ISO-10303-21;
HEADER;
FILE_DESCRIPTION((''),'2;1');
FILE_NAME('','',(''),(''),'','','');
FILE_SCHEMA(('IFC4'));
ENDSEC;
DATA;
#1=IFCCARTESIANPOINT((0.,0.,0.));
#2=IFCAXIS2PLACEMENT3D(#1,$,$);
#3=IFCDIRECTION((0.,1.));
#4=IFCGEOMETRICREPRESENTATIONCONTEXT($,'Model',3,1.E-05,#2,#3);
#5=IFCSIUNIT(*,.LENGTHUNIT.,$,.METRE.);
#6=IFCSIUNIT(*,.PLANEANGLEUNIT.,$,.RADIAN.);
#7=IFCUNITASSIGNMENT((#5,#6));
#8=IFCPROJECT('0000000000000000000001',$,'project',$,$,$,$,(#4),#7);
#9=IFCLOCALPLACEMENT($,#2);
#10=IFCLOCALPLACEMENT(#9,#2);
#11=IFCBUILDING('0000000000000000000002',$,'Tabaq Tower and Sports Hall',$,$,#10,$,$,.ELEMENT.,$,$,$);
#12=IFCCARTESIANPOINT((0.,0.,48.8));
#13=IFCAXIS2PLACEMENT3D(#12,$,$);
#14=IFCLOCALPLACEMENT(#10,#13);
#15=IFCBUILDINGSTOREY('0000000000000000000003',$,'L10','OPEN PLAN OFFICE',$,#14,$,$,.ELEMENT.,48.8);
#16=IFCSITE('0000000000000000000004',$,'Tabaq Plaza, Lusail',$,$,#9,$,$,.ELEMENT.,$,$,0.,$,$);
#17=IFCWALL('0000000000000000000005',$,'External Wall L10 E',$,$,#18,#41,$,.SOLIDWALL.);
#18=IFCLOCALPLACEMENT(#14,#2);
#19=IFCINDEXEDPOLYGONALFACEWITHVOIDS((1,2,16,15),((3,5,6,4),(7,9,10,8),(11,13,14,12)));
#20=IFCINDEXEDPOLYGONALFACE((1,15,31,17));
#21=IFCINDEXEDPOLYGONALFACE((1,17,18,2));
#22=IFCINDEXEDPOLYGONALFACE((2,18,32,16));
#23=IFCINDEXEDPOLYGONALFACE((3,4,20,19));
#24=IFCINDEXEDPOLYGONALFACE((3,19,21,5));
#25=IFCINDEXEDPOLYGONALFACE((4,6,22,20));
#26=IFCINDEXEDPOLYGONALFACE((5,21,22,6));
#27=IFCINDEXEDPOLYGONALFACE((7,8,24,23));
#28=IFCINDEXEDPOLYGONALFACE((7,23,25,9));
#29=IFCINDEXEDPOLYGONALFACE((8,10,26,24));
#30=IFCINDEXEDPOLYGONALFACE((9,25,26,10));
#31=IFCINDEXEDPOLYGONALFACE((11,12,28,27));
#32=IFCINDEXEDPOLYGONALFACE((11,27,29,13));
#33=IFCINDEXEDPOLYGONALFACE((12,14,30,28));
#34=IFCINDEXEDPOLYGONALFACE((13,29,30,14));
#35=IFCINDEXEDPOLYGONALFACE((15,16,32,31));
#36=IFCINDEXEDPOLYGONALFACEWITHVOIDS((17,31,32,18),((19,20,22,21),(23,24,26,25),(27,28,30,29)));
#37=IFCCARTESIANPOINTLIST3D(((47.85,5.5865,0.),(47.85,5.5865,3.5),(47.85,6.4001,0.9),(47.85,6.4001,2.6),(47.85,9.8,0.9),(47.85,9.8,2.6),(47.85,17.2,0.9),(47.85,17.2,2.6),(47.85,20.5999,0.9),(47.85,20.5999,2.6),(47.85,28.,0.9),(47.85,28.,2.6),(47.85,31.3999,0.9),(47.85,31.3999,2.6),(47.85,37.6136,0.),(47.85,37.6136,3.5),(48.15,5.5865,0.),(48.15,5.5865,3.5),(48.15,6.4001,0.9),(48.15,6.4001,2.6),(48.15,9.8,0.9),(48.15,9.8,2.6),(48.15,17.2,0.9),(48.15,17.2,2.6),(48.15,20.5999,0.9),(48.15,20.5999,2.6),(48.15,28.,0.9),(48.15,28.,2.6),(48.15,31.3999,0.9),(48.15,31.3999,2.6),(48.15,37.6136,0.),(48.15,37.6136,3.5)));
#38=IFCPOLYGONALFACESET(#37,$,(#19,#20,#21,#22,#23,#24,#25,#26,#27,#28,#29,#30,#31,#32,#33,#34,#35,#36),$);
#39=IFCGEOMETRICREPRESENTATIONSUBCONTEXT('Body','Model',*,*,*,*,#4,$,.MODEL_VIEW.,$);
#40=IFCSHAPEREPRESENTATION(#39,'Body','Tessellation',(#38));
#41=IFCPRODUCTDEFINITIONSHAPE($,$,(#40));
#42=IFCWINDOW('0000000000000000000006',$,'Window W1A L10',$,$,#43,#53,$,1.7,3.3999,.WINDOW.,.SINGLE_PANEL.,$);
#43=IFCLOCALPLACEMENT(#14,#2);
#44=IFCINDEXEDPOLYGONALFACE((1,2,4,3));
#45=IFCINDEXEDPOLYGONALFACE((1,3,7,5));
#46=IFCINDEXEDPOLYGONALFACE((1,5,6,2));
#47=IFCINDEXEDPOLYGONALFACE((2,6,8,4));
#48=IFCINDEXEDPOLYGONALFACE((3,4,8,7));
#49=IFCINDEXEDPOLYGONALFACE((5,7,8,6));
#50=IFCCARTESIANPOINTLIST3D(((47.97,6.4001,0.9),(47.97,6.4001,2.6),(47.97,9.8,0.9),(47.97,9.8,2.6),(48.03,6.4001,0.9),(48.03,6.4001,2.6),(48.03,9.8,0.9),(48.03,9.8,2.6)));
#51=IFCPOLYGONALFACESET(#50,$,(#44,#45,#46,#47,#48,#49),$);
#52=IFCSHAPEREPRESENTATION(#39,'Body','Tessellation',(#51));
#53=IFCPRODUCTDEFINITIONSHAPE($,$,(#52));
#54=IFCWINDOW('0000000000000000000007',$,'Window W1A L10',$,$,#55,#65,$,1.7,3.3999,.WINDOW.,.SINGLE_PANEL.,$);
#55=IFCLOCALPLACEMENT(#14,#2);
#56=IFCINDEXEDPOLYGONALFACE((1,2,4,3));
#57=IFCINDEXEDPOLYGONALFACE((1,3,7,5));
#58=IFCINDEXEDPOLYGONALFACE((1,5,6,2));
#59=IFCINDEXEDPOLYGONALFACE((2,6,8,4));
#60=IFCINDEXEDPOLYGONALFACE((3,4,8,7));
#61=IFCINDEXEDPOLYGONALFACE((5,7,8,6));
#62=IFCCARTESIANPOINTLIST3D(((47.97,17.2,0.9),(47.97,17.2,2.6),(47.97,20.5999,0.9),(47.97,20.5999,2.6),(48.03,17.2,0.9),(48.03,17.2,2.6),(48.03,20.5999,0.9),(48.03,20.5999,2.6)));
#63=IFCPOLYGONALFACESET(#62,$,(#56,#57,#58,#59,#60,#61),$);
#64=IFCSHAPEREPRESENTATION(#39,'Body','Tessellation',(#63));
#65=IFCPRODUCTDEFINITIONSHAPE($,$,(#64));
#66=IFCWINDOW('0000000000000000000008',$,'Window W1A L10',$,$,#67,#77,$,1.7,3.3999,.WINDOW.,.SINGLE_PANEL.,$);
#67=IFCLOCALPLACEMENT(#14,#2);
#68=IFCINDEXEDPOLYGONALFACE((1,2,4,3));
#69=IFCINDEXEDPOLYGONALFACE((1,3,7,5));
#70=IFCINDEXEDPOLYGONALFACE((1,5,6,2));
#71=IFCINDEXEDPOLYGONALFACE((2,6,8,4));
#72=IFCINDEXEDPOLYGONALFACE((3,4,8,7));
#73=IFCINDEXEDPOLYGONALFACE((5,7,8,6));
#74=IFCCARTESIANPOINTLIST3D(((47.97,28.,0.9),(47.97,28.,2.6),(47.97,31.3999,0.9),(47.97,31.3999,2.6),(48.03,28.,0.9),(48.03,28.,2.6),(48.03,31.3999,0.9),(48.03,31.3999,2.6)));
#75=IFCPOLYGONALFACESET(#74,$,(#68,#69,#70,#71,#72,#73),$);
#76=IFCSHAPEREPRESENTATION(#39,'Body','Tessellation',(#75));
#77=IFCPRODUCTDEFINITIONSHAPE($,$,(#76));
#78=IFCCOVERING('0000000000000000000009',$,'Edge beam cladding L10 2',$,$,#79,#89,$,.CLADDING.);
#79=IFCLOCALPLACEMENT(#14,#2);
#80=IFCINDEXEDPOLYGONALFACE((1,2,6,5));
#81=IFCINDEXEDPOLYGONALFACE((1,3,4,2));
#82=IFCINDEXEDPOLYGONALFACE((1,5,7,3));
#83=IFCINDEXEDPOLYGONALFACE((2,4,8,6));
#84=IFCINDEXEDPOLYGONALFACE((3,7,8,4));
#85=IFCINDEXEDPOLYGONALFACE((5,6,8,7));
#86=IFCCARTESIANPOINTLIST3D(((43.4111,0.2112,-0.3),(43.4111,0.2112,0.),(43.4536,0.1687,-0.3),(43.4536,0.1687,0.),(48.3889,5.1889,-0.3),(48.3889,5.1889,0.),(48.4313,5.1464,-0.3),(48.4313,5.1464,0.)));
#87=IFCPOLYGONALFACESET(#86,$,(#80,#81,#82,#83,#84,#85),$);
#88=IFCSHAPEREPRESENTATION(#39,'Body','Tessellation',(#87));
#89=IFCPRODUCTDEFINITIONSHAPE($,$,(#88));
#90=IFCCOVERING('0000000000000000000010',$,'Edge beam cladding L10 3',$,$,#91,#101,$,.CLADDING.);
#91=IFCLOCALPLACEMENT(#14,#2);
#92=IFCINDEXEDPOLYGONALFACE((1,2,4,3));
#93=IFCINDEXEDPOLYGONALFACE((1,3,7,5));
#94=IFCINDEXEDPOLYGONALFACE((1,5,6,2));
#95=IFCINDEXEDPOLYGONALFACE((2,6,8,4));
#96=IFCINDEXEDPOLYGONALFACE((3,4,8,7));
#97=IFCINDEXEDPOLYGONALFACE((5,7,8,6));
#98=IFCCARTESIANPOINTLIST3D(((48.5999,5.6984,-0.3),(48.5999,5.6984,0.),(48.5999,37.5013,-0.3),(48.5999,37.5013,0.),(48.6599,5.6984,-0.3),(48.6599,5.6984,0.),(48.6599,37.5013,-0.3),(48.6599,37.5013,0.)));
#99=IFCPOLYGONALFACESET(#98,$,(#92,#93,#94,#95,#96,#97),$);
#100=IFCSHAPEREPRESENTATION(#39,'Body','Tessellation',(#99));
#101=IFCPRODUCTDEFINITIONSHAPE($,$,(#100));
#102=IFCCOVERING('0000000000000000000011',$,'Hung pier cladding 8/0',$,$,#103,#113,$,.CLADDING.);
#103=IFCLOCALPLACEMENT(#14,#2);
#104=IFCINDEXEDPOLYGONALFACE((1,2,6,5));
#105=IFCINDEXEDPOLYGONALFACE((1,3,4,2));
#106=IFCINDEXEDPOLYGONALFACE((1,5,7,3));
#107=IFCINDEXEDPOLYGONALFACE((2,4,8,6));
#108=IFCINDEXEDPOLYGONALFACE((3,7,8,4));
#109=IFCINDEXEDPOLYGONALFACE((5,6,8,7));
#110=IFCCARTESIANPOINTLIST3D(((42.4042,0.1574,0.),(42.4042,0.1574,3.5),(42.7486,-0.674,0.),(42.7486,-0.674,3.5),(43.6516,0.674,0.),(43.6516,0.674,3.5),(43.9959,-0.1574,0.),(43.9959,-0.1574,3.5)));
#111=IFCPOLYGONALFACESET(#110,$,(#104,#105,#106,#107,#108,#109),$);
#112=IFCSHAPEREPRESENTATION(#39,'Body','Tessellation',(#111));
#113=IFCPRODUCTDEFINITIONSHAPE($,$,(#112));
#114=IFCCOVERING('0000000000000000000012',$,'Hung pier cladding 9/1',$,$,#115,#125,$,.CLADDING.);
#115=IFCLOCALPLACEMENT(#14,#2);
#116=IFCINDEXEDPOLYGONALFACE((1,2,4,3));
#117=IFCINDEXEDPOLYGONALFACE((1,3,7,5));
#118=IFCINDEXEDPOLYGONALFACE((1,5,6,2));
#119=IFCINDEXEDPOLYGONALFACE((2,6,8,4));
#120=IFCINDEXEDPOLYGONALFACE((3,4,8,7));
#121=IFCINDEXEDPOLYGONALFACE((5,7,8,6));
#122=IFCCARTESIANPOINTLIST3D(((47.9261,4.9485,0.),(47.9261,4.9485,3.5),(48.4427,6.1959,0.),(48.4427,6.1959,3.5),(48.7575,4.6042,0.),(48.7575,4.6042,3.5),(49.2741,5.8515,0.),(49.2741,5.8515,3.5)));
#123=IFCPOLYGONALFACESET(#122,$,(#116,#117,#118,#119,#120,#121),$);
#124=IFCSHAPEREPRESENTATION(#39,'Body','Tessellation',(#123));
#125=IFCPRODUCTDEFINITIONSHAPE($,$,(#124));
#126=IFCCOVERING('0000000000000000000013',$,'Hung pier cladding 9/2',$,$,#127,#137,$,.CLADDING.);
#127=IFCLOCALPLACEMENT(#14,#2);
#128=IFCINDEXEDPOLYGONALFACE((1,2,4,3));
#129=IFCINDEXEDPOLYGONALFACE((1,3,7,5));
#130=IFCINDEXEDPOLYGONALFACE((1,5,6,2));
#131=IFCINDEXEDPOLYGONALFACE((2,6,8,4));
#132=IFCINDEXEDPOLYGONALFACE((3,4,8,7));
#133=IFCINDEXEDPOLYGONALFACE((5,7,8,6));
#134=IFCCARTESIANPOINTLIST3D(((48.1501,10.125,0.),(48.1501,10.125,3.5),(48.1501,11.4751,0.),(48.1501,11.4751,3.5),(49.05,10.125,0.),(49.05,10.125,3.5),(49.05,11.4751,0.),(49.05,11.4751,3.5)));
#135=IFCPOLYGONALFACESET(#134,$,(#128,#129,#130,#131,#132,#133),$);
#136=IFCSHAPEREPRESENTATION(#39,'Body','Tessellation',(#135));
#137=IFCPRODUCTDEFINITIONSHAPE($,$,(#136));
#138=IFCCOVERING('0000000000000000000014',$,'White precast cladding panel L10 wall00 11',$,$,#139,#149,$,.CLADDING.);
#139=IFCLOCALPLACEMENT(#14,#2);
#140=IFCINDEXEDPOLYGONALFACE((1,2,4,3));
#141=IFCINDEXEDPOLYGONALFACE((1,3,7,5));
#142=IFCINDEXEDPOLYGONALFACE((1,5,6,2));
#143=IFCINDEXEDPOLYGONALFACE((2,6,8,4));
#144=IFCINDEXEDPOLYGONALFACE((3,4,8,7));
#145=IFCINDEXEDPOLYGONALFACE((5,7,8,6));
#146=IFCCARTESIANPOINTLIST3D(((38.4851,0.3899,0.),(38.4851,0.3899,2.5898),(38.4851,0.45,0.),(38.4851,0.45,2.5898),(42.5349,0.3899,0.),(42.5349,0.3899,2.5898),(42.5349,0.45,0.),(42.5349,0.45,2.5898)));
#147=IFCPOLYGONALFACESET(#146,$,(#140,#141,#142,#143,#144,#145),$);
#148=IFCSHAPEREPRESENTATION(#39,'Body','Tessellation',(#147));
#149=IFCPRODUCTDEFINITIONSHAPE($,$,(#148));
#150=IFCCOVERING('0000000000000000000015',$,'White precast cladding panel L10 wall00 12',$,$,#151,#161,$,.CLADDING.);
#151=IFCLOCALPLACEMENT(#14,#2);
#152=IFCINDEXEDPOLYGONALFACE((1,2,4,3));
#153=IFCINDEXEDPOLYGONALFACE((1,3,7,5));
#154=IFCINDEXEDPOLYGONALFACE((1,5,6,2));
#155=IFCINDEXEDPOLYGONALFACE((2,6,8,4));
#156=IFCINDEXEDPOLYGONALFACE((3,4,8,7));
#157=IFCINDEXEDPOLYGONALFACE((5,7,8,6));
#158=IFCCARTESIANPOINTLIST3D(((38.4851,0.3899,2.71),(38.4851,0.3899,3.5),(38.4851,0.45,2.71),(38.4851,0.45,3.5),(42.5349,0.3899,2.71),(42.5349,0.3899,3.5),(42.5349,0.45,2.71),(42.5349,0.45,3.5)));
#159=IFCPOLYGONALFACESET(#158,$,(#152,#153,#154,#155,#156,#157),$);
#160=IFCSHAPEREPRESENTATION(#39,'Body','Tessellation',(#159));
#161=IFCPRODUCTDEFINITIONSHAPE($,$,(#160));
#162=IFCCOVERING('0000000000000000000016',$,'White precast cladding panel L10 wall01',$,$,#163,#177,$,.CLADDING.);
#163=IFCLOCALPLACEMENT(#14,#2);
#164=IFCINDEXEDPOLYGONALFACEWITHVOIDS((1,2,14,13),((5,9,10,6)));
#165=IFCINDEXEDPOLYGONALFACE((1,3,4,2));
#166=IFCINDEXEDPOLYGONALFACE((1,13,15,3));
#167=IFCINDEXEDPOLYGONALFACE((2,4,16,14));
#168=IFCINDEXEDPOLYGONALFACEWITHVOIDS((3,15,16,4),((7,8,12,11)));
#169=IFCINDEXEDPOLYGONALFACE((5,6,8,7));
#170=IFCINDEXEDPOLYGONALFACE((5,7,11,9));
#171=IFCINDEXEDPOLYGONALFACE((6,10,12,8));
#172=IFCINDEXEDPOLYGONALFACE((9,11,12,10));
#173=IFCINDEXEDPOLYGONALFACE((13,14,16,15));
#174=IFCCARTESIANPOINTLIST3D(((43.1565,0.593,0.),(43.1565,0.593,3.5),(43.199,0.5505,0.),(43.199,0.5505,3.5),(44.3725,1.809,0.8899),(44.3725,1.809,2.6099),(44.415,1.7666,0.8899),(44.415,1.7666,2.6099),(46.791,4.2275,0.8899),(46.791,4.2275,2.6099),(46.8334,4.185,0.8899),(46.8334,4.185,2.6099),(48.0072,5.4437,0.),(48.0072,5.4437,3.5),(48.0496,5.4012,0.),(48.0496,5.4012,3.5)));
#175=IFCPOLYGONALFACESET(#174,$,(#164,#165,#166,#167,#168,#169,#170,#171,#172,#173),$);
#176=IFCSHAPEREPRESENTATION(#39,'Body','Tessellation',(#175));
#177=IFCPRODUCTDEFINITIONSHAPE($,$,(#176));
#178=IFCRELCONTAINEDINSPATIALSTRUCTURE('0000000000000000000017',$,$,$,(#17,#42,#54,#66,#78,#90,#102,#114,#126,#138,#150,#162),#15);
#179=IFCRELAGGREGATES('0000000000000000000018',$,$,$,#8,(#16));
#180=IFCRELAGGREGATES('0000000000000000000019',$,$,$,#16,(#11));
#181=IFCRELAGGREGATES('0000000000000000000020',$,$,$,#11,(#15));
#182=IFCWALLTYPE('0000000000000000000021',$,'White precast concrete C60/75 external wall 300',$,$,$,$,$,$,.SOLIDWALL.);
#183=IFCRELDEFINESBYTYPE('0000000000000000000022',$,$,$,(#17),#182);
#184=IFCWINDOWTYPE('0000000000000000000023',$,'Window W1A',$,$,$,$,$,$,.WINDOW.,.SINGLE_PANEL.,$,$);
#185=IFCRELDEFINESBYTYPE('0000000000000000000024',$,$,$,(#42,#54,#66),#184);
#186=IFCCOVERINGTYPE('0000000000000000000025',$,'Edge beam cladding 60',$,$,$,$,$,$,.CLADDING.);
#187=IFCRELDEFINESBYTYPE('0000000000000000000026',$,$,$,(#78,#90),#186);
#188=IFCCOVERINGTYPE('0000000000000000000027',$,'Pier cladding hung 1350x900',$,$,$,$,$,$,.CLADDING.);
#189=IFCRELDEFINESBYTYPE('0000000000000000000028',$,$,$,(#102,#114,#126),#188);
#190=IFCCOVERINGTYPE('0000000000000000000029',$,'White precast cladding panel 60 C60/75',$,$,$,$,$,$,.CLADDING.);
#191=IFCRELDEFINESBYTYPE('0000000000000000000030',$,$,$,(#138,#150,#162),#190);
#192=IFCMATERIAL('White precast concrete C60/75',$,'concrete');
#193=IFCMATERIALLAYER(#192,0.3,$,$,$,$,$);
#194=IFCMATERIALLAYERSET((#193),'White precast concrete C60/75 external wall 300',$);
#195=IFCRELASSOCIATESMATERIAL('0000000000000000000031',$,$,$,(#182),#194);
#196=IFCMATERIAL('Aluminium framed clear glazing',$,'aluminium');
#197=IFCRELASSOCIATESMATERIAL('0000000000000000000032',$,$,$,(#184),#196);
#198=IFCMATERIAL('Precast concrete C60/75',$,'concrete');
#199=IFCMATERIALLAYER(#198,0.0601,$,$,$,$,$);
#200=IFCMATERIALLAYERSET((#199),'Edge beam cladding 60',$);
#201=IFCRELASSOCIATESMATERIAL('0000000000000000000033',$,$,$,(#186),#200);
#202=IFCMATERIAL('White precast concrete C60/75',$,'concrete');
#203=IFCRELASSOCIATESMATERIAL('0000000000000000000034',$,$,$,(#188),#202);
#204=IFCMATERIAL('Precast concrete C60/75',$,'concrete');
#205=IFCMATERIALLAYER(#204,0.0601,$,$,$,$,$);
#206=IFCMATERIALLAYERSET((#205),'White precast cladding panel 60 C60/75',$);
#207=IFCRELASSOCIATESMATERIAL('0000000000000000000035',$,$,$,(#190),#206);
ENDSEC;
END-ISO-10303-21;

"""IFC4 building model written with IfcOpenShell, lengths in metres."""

from ifc_helpers import new_model, si_unit, direction, frame, frame_2d, origin, place, context, subcontext, project, spatial, polyline, rectangle, outline, extrude, material, layer, layer_set, type_object, element, fill, save


model = new_model("IFC4")

# Units and contexts
model_context = context("Model", 3, precision=1e-05, world=origin(), true_north=direction((0.0, 1.0)))
body_context = subcontext(model_context, "Body", "Model", "MODEL_VIEW")
ifc_project = project(units=[si_unit("LENGTHUNIT", "METRE"), si_unit("PLANEANGLEUNIT", "RADIAN")], contexts=[model_context])

# Site, building, storey
site_placement = place(None, origin())
site = spatial("IfcSite", under=ifc_project, at=site_placement, Name="Tabaq Plaza, Lusail", CompositionType="ELEMENT", RefElevation=0.0)
building_placement = place(site_placement, origin())
building = spatial("IfcBuilding", under=site, at=building_placement, Name="Tabaq Tower and Sports Hall", CompositionType="ELEMENT")
storey_placement = place(building_placement, frame((0.0, 0.0, 48.8)))
storey = spatial("IfcBuildingStorey", under=building, at=storey_placement, Name="L10", Description="OPEN PLAN OFFICE", CompositionType="ELEMENT", Elevation=48.8)

# Shared definitions
ifc_material_1 = material(Name="White precast concrete C60/75", Category="concrete")
ifc_layer_1 = layer(ifc_material_1, 0.3)
ifc_layer_set_1 = layer_set([ifc_layer_1], Name="White precast concrete C60/75 external wall 300")
wall_type = type_object("IfcWallType", Name="White precast concrete C60/75 external wall 300", PredefinedType="SOLIDWALL", material=ifc_layer_set_1)
ifc_material_2 = material(Name="Aluminium framed clear glazing", Category="aluminium")
window_type = type_object("IfcWindowType", Name="Window W1A", PartitioningType="SINGLE_PANEL", PredefinedType="WINDOW", material=ifc_material_2)

# Wall, openings, windows
wall_1_placement = place(storey_placement, frame((48.0, 5.5864, 0.0), z_axis=(0.0, 0.0, 1.0), x_axis=(0.0, 1.0, 0.0)))
wall_1 = element("IfcWall", 1, at=wall_1_placement, inside=storey, type_object=wall_type, Name="External Wall L10 E", PredefinedType="SOLIDWALL", context=body_context, shape_type="SweptSolid", body=[
    extrude(rectangle(XDim=32.0271, YDim=0.3, at=frame_2d((16.0137, 0.0))), origin(), (0.0, 0.0, 1.0), 3.5),
])
opening_1_placement = place(wall_1_placement, frame((0.8137, 0.0, 0.8999)))
opening_1 = element("IfcOpeningElement", 2, at=opening_1_placement, cuts=wall_1, PredefinedType="OPENING", context=body_context, shape_type="SweptSolid", body=[
    extrude(rectangle(XDim=3.3999, YDim=1.7, at=frame_2d((1.7, 0.8501))), frame((0.0, 0.1602, 0.0), z_axis=(0.0, -1.0, 0.0), x_axis=(1.0, 0.0, 0.0)), (0.0, 0.0, 1.0), 0.3201),
])
opening_2_placement = place(wall_1_placement, frame((11.6135, 0.0, 0.8999)))
opening_2 = element("IfcOpeningElement", 3, at=opening_2_placement, cuts=wall_1, PredefinedType="OPENING", context=body_context, shape_type="SweptSolid", body=[
    extrude(rectangle(XDim=3.3999, YDim=1.7, at=frame_2d((1.7, 0.8501))), frame((0.0, 0.1602, 0.0), z_axis=(0.0, -1.0, 0.0), x_axis=(1.0, 0.0, 0.0)), (0.0, 0.0, 1.0), 0.3201),
])
opening_3_placement = place(wall_1_placement, frame((22.4136, 0.0, 0.8999)))
opening_3 = element("IfcOpeningElement", 4, at=opening_3_placement, cuts=wall_1, PredefinedType="OPENING", context=body_context, shape_type="SweptSolid", body=[
    extrude(rectangle(XDim=3.3999, YDim=1.7, at=frame_2d((1.7, 0.8501))), frame((0.0, 0.1602, 0.0), z_axis=(0.0, -1.0, 0.0), x_axis=(1.0, 0.0, 0.0)), (0.0, 0.0, 1.0), 0.3201),
])
window_1_placement = place(opening_1_placement, origin())
window_1 = element("IfcWindow", 5, at=window_1_placement, inside=storey, type_object=window_type, Name="Window W1A L10", OverallHeight=1.7, OverallWidth=3.3999, PartitioningType="SINGLE_PANEL", PredefinedType="WINDOW", context=body_context, shape_type="SweptSolid", body=[
    extrude(rectangle(XDim=3.3999, YDim=1.7, at=frame_2d((1.7, 0.8501))), frame((0.0, 0.03, 0.0), z_axis=(0.0, -1.0, 0.0), x_axis=(1.0, 0.0, 0.0)), (0.0, 0.0, 1.0), 0.0601),
])
fill(opening_1, window_1)
window_2_placement = place(opening_2_placement, origin())
window_2 = element("IfcWindow", 6, at=window_2_placement, inside=storey, type_object=window_type, Name="Window W1A L10", OverallHeight=1.7, OverallWidth=3.3999, PartitioningType="SINGLE_PANEL", PredefinedType="WINDOW", context=body_context, shape_type="SweptSolid", body=[
    extrude(rectangle(XDim=3.3999, YDim=1.7, at=frame_2d((1.7, 0.8501))), frame((0.0, 0.03, 0.0), z_axis=(0.0, -1.0, 0.0), x_axis=(1.0, 0.0, 0.0)), (0.0, 0.0, 1.0), 0.0601),
])
fill(opening_2, window_2)
window_3_placement = place(opening_3_placement, origin())
window_3 = element("IfcWindow", 7, at=window_3_placement, inside=storey, type_object=window_type, Name="Window W1A L10", OverallHeight=1.7, OverallWidth=3.3999, PartitioningType="SINGLE_PANEL", PredefinedType="WINDOW", context=body_context, shape_type="SweptSolid", body=[
    extrude(rectangle(XDim=3.3999, YDim=1.7, at=frame_2d((1.7, 0.8501))), frame((0.0, 0.03, 0.0), z_axis=(0.0, -1.0, 0.0), x_axis=(1.0, 0.0, 0.0)), (0.0, 0.0, 1.0), 0.0601),
])
fill(opening_3, window_3)

# Coverings
ifc_material_3 = material(Name="Precast concrete C60/75", Category="concrete")
ifc_layer_2 = layer(ifc_material_3, 0.0601)
ifc_layer_set_2 = layer_set([ifc_layer_2], Name="Edge beam cladding 60")
covering_type_1 = type_object("IfcCoveringType", Name="Edge beam cladding 60", PredefinedType="CLADDING", material=ifc_layer_set_2)
covering_1_placement = place(storey_placement, frame((43.4324, 0.1899, -0.3), z_axis=(0.0, 0.0, 1.0), x_axis=(0.707107, 0.707107, 0.0)))
element("IfcCovering", 8, at=covering_1_placement, inside=storey, type_object=covering_type_1, Name="Edge beam cladding L10 2", PredefinedType="CLADDING", context=body_context, shape_type="SweptSolid", body=[
    extrude(rectangle(XDim=7.0396, YDim=0.0601, at=frame_2d((3.5198, 0.0))), origin(), (0.0, 0.0, 1.0), 0.3),
])
covering_2_placement = place(storey_placement, frame((48.6299, 5.6985, -0.3), z_axis=(0.0, 0.0, 1.0), x_axis=(0.0, 1.0, 0.0)))
element("IfcCovering", 9, at=covering_2_placement, inside=storey, type_object=covering_type_1, Name="Edge beam cladding L10 3", PredefinedType="CLADDING", context=body_context, shape_type="SweptSolid", body=[
    extrude(rectangle(XDim=31.803, YDim=0.0601, at=frame_2d((15.9014, 0.0))), origin(), (0.0, 0.0, 1.0), 0.3),
])
ifc_material_4 = material(Name="White precast concrete C60/75", Category="concrete")
covering_type_2 = type_object("IfcCoveringType", Name="Pier cladding hung 1350x900", PredefinedType="CLADDING", material=ifc_material_4)
for number, where, z_axis, x_axis, name in (
    (10, (42.5764, -0.2583, 0.0), (0.0, 0.0, 1.0), (0.923893, 0.38265, 0.0), "Hung pier cladding 8/0"),
    (11, (48.3418, 4.7764, 0.0), (0.0, 0.0, 1.0), (0.38265, 0.923893, 0.0), "Hung pier cladding 9/1"),
    (12, (48.6001, 10.125, 0.0), (0.0, 0.0, 1.0), (0.0, 1.0, 0.0), "Hung pier cladding 9/2"),
):
    element("IfcCovering", number, at=place(storey_placement, frame(where, z_axis=z_axis, x_axis=x_axis)), inside=storey, type_object=covering_type_2, Name=name, PredefinedType="CLADDING", context=body_context, shape_type="SweptSolid", body=[
        extrude(rectangle(XDim=1.3501, YDim=0.8999, at=frame_2d((0.675, 0.0))), origin(), (0.0, 0.0, 1.0), 3.5),
    ])
ifc_material_5 = material(Name="Precast concrete C60/75", Category="concrete")
ifc_layer_3 = layer(ifc_material_5, 0.0601)
ifc_layer_set_3 = layer_set([ifc_layer_3], Name="White precast cladding panel 60 C60/75")
covering_type_3 = type_object("IfcCoveringType", Name="White precast cladding panel 60 C60/75", PredefinedType="CLADDING", material=ifc_layer_set_3)
covering_3_placement = place(storey_placement, frame((38.4851, 0.4199, 0.0), z_axis=(0.0, 0.0, 1.0), x_axis=(1.0, 0.0, 0.0)))
element("IfcCovering", 13, at=covering_3_placement, inside=storey, type_object=covering_type_3, Name="White precast cladding panel L10 wall00 11", PredefinedType="CLADDING", context=body_context, shape_type="SweptSolid", body=[
    extrude(rectangle(XDim=4.0498, YDim=0.0601, at=frame_2d((2.0249, 0.0))), origin(), (0.0, 0.0, 1.0), 2.5898),
])
covering_4_placement = place(storey_placement, frame((38.4851, 0.4199, 2.71), z_axis=(0.0, 0.0, 1.0), x_axis=(1.0, 0.0, 0.0)))
element("IfcCovering", 14, at=covering_4_placement, inside=storey, type_object=covering_type_3, Name="White precast cladding panel L10 wall00 12", PredefinedType="CLADDING", context=body_context, shape_type="SweptSolid", body=[
    extrude(rectangle(XDim=4.0498, YDim=0.0601, at=frame_2d((2.0249, 0.0))), origin(), (0.0, 0.0, 1.0), 0.79),
])
covering_5_placement = place(storey_placement, frame((43.1777, 0.5718, 0.0), z_axis=(0.0, 0.0, 1.0), x_axis=(0.707107, 0.707107, 0.0)))
element("IfcCovering", 15, at=covering_5_placement, inside=storey, type_object=covering_type_3, Name="White precast cladding panel L10 wall01", PredefinedType="CLADDING", context=body_context, shape_type="SweptSolid", body=[
    extrude(outline(polyline([(0.0, 0.0), (6.8599, 0.0), (6.8599, 3.5), (0.0, 3.5), (0.0, 0.0)]), holes=[polyline([(1.7197, 0.8899), (1.7197, 2.6099), (5.1399, 2.6099), (5.1399, 0.8899), (1.7197, 0.8899)])]), frame((0.0, 0.03, 0.0), z_axis=(0.0, -1.0, 0.0), x_axis=(1.0, 0.0, 0.0)), (0.0, 0.0, 1.0), 0.0601),
])

save(model, "model.ifc")
